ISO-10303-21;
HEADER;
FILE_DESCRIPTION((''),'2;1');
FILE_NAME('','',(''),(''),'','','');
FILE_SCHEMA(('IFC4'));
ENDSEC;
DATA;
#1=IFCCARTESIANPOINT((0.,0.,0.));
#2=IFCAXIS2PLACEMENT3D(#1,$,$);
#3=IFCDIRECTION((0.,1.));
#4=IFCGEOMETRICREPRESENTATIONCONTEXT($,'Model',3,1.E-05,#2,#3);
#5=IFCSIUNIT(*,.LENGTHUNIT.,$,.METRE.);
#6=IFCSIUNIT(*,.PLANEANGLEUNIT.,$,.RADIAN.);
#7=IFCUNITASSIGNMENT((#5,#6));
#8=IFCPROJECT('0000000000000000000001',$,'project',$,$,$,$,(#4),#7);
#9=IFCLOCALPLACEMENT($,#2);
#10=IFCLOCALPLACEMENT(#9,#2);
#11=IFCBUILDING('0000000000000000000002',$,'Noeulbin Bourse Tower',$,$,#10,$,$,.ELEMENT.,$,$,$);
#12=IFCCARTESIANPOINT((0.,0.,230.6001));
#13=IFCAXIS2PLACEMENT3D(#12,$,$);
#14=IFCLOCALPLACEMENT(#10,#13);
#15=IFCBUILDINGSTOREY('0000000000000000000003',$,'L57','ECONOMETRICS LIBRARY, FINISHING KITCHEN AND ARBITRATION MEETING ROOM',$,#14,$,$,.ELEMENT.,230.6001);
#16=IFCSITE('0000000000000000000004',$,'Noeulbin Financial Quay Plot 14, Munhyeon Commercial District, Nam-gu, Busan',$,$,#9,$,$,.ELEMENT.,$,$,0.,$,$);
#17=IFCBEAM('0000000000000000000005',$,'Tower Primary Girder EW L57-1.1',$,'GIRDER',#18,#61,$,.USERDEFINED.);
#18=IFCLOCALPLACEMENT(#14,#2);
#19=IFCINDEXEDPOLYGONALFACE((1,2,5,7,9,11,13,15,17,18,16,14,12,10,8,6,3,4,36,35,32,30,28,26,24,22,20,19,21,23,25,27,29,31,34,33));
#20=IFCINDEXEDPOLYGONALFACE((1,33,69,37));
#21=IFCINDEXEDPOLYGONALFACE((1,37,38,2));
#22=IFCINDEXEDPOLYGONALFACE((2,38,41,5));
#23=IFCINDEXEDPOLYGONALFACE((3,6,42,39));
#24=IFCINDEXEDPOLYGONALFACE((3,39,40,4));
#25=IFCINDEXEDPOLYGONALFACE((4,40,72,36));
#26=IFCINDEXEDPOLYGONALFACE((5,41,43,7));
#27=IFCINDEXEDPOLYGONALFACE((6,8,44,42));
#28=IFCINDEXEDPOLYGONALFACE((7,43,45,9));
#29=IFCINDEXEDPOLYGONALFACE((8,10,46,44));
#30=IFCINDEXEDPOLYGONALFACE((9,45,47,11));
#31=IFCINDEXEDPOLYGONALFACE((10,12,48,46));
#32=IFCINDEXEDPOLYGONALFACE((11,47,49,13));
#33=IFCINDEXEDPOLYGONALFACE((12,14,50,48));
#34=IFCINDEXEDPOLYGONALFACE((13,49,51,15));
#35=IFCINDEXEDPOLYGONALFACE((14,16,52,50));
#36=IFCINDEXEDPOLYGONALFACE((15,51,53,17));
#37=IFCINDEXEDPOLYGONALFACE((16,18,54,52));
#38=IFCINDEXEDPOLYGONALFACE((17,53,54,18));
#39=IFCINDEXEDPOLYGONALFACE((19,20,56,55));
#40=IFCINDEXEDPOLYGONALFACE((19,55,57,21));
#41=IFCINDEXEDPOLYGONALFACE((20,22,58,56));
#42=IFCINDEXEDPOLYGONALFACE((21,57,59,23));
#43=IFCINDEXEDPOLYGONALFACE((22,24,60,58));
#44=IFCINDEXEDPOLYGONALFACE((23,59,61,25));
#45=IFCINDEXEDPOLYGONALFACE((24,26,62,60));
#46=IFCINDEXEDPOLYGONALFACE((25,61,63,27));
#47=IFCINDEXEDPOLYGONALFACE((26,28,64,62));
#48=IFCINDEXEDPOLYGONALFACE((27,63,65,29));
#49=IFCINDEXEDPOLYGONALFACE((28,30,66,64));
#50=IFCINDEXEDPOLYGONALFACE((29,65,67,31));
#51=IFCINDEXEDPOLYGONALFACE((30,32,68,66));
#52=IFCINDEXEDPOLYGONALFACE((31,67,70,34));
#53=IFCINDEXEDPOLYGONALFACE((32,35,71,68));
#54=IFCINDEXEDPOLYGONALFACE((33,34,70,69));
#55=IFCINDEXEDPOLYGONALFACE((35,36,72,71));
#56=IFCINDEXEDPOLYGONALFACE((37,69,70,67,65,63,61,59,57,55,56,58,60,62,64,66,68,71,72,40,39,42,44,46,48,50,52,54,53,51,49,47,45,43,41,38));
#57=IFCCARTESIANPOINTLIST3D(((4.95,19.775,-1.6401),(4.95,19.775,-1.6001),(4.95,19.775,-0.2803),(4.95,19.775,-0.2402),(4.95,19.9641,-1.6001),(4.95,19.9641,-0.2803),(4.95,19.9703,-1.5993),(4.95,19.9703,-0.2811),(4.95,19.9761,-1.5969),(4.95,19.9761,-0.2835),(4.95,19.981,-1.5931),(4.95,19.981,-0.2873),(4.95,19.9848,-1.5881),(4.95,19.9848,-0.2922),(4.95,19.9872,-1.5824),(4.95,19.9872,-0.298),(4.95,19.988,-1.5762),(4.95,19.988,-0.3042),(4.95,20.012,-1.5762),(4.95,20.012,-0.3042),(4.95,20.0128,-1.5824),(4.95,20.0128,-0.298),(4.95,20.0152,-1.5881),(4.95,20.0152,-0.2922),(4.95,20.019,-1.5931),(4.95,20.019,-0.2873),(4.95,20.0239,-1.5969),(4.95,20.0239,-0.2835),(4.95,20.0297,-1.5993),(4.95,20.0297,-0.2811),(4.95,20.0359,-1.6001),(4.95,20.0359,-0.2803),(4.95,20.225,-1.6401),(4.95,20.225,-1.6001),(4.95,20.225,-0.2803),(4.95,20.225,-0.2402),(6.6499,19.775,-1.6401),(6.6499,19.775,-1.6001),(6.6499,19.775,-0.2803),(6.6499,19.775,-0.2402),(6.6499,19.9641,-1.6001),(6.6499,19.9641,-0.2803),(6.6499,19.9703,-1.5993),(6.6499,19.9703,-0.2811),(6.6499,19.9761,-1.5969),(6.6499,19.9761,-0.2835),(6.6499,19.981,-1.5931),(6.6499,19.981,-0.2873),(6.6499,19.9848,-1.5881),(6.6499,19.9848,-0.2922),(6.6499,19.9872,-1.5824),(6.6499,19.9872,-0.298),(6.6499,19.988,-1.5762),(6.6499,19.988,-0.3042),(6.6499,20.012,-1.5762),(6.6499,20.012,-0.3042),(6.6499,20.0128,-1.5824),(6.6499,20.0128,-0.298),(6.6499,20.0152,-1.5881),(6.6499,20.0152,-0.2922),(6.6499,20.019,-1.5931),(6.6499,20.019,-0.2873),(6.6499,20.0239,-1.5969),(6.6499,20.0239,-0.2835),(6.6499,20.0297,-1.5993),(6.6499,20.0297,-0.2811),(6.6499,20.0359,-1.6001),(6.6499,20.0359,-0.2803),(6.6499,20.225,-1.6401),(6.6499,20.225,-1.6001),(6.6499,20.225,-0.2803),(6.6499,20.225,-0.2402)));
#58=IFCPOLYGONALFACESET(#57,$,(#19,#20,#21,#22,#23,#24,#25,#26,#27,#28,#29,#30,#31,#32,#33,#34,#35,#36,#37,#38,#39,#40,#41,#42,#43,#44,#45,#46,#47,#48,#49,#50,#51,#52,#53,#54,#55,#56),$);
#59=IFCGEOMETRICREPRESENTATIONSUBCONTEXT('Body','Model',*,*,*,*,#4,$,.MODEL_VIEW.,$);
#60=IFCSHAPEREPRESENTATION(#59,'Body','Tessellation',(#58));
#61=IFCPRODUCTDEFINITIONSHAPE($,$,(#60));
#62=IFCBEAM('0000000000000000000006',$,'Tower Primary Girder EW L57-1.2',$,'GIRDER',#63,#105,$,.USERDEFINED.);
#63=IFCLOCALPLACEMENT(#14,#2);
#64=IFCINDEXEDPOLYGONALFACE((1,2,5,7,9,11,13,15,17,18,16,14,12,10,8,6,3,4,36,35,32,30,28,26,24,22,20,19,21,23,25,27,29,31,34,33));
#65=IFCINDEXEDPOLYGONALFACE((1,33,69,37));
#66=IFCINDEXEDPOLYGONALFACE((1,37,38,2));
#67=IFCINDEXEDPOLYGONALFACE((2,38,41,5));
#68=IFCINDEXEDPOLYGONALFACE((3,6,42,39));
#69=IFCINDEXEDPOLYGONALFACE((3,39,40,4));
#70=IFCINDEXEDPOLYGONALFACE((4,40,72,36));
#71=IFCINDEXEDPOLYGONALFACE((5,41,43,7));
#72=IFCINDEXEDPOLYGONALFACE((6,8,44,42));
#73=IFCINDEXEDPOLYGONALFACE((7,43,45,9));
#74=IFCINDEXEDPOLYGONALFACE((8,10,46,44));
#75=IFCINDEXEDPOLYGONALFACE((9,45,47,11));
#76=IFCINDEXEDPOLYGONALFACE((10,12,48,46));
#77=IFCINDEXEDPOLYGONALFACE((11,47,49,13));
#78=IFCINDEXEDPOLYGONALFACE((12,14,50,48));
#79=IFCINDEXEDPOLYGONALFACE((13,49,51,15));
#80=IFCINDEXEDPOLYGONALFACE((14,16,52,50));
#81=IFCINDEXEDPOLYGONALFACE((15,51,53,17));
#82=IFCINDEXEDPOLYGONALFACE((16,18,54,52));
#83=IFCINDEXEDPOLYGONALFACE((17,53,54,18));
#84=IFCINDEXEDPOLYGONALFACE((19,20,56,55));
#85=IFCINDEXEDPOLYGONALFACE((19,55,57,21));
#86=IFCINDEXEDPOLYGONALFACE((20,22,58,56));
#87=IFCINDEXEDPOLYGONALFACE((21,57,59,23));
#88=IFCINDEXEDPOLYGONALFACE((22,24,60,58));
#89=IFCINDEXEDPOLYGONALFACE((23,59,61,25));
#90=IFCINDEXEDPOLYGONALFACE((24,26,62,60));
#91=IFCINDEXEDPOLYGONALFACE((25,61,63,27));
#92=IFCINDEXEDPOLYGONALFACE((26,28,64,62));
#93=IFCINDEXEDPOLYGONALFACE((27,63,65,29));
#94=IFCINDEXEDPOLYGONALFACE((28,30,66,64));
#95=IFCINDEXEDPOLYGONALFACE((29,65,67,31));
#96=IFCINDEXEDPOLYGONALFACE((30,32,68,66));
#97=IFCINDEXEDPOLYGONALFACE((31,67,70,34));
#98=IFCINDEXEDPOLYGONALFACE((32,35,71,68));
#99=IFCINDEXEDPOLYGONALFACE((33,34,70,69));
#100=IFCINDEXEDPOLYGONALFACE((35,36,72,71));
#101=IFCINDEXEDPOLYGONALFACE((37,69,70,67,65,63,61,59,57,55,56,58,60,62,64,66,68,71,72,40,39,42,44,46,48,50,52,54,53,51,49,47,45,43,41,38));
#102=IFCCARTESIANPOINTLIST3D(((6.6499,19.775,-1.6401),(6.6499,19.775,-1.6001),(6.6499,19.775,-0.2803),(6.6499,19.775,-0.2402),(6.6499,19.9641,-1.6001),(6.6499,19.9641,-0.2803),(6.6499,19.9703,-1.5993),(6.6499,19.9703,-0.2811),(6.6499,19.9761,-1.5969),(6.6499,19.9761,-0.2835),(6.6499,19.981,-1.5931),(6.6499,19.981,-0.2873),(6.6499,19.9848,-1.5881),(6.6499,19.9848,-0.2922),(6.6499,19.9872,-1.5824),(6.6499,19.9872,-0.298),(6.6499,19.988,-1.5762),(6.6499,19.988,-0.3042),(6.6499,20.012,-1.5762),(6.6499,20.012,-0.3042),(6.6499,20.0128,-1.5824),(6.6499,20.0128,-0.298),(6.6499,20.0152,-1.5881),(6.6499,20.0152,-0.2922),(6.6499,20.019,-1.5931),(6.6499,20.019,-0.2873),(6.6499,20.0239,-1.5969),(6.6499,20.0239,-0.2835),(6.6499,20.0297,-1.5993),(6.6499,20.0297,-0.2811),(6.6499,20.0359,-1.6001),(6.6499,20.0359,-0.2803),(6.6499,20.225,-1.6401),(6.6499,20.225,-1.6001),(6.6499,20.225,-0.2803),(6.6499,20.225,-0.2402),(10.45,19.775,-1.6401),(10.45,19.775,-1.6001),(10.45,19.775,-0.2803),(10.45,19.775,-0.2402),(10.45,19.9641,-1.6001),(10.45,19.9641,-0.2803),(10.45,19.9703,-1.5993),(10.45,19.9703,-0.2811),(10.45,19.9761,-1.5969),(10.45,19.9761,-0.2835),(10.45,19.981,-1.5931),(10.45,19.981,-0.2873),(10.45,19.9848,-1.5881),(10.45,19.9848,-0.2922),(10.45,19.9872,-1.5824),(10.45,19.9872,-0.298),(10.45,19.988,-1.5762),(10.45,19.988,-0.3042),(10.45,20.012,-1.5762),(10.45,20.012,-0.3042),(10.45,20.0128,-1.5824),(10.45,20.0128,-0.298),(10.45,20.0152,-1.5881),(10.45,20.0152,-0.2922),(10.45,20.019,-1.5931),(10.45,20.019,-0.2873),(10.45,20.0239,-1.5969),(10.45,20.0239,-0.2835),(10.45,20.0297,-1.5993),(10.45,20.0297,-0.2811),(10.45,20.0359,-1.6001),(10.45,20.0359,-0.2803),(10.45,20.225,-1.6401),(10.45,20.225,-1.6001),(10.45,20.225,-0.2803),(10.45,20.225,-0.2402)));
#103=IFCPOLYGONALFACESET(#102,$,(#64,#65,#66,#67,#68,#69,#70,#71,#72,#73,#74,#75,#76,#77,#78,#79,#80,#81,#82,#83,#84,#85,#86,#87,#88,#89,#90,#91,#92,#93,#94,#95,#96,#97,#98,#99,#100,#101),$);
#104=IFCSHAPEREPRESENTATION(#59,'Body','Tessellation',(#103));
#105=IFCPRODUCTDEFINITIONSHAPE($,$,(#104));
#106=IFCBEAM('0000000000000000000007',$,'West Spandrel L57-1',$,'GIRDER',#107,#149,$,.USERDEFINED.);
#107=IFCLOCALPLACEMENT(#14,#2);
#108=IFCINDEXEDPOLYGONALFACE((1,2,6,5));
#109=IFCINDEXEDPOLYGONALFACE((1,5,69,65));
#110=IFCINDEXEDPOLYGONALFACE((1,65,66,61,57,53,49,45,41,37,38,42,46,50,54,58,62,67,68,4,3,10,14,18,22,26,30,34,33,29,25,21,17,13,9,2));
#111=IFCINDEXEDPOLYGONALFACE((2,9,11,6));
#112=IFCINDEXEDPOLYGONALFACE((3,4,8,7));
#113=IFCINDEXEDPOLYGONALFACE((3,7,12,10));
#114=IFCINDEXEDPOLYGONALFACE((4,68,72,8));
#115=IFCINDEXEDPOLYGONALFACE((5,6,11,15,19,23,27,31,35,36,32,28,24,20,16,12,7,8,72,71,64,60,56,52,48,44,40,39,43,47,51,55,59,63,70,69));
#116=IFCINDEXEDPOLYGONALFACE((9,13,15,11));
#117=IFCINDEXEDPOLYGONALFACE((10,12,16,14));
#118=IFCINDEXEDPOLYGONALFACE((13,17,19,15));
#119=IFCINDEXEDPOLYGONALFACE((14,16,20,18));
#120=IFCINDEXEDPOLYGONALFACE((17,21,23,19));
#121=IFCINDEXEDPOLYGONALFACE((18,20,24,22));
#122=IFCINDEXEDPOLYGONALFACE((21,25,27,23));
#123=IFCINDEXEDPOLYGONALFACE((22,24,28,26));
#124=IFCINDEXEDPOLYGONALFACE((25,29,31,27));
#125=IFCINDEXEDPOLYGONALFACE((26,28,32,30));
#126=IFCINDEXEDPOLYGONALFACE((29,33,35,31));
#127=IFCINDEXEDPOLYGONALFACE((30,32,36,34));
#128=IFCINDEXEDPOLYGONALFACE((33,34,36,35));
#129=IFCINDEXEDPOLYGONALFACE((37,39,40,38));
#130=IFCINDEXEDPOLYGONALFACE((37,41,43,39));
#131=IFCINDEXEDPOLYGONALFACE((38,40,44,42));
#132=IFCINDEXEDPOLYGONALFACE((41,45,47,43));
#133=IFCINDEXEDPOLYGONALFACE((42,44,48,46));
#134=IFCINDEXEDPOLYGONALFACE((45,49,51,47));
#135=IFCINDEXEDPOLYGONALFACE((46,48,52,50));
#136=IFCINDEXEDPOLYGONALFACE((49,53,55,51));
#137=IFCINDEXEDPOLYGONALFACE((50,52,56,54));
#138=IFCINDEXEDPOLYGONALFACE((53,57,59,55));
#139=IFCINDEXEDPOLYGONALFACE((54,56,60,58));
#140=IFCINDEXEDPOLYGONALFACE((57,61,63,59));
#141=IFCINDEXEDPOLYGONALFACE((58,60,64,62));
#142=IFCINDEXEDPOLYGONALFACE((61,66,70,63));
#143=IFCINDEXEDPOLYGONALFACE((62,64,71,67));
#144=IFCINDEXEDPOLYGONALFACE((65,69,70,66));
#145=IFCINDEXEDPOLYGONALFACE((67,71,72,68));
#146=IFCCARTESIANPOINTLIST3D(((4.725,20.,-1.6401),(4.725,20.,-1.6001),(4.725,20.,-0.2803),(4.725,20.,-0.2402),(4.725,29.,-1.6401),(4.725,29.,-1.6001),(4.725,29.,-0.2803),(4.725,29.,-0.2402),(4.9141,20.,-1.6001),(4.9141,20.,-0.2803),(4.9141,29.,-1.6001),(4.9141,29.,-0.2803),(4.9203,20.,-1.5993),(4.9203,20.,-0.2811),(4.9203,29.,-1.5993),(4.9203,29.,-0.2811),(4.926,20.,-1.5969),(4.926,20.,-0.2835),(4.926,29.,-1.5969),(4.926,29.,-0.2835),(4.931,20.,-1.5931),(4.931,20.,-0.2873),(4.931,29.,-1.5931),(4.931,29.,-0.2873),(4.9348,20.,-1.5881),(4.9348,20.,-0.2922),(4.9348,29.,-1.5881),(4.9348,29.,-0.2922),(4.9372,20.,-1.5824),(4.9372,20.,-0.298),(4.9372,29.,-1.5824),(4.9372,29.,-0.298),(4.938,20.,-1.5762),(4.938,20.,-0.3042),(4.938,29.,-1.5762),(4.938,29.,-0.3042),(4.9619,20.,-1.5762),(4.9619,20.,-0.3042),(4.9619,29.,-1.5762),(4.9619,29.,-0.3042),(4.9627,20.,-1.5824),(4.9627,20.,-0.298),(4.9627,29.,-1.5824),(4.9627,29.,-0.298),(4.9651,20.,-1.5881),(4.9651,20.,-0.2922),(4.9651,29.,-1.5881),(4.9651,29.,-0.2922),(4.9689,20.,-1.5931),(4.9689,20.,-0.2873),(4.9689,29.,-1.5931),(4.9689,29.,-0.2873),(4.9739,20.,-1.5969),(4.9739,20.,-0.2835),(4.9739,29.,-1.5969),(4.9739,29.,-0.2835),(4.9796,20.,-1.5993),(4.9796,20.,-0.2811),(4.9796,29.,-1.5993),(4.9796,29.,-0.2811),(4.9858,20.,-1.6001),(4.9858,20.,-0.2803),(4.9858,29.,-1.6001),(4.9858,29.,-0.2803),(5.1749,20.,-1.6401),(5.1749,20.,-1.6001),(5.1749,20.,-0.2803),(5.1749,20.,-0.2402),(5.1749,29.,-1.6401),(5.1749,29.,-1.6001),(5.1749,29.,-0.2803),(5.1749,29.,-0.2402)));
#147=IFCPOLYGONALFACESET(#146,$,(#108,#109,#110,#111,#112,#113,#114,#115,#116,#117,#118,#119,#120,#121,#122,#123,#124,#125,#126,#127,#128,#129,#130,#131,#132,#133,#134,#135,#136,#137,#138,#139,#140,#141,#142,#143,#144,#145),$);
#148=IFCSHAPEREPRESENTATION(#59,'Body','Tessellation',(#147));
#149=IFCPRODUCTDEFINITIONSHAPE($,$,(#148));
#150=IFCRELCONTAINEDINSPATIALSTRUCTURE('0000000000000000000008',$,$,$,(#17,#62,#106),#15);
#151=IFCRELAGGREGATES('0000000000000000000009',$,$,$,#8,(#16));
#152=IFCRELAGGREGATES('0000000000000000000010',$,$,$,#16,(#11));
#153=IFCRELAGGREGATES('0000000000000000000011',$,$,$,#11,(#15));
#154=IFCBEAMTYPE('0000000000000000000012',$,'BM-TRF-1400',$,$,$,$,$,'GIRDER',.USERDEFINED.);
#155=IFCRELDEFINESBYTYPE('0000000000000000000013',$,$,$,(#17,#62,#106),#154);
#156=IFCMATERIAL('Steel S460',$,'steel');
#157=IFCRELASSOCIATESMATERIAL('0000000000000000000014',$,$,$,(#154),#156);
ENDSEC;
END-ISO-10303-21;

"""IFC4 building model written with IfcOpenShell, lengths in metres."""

from ifc_helpers import new_model, si_unit, direction, frame, origin, origin_2d, place, context, subcontext, project, spatial, i_section, extrude, material, material_profile, profile_set, type_object, element, save


model = new_model("IFC4")

# Units and contexts
model_context = context("Model", 3, precision=1e-05, world=origin(), true_north=direction((0.0, 1.0)))
body_context = subcontext(model_context, "Body", "Model", "MODEL_VIEW")
ifc_project = project(units=[si_unit("LENGTHUNIT", "METRE"), si_unit("PLANEANGLEUNIT", "RADIAN")], contexts=[model_context])

# Site, building, storey
site_placement = place(None, origin())
site = spatial("IfcSite", under=ifc_project, at=site_placement, Name="Noeulbin Financial Quay Plot 14, Munhyeon Commercial District, Nam-gu, Busan", CompositionType="ELEMENT", RefElevation=0.0)
building_placement = place(site_placement, origin())
building = spatial("IfcBuilding", under=site, at=building_placement, Name="Noeulbin Bourse Tower", CompositionType="ELEMENT")
storey_placement = place(building_placement, frame((0.0, 0.0, 230.6001)))
storey = spatial("IfcBuildingStorey", under=building, at=storey_placement, Name="L57", Description="ECONOMETRICS LIBRARY, FINISHING KITCHEN AND ARBITRATION MEETING ROOM", CompositionType="ELEMENT", Elevation=230.6001)

# Beams
ifc_material_1 = material(Name="Steel S460", Category="steel")
ifc_material_profile_1 = material_profile(ifc_material_1, i_section(OverallWidth=0.45, OverallDepth=1.3999, WebThickness=0.0239, FlangeThickness=0.04, FilletRadius=0.0239, at=origin_2d()), Name="PG-1400x450x24x40", Category="LoadBearing")
ifc_profile_set_1 = profile_set([ifc_material_profile_1], Name="Steel S460")
beam_type_1 = type_object("IfcBeamType", Name="BM-TRF-1400", ElementType="GIRDER", PredefinedType="USERDEFINED", material=ifc_profile_set_1)
beam_1_placement = place(storey_placement, frame((4.95, 20.0, -0.9402), z_axis=(1.0, 0.0, 0.0), x_axis=(0.0, 1.0, 0.0)))
element("IfcBeam", 1, at=beam_1_placement, inside=storey, type_object=beam_type_1, Name="Tower Primary Girder EW L57-1.1", ObjectType="GIRDER", PredefinedType="USERDEFINED", context=body_context, shape_type="SweptSolid", body=[
    extrude(i_section(OverallWidth=0.45, OverallDepth=1.3999, WebThickness=0.0239, FlangeThickness=0.04, FilletRadius=0.0239, at=origin_2d()), origin(), (0.0, 0.0, 1.0), 1.7),
])
beam_2_placement = place(storey_placement, frame((6.6499, 20.0, -0.9402), z_axis=(1.0, 0.0, 0.0), x_axis=(0.0, 1.0, 0.0)))
element("IfcBeam", 2, at=beam_2_placement, inside=storey, type_object=beam_type_1, Name="Tower Primary Girder EW L57-1.2", ObjectType="GIRDER", PredefinedType="USERDEFINED", context=body_context, shape_type="SweptSolid", body=[
    extrude(i_section(OverallWidth=0.45, OverallDepth=1.3999, WebThickness=0.0239, FlangeThickness=0.04, FilletRadius=0.0239, at=origin_2d()), origin(), (0.0, 0.0, 1.0), 3.8),
])
beam_3_placement = place(storey_placement, frame((4.95, 20.0, -0.9402), z_axis=(0.0, 1.0, 0.0), x_axis=(-1.0, 0.0, 0.0)))
element("IfcBeam", 3, at=beam_3_placement, inside=storey, type_object=beam_type_1, Name="West Spandrel L57-1", ObjectType="GIRDER", PredefinedType="USERDEFINED", context=body_context, shape_type="SweptSolid", body=[
    extrude(i_section(OverallWidth=0.45, OverallDepth=1.3999, WebThickness=0.0239, FlangeThickness=0.04, FilletRadius=0.0239, at=origin_2d()), origin(), (0.0, 0.0, 1.0), 9.0),
])

save(model, "model.ifc")
